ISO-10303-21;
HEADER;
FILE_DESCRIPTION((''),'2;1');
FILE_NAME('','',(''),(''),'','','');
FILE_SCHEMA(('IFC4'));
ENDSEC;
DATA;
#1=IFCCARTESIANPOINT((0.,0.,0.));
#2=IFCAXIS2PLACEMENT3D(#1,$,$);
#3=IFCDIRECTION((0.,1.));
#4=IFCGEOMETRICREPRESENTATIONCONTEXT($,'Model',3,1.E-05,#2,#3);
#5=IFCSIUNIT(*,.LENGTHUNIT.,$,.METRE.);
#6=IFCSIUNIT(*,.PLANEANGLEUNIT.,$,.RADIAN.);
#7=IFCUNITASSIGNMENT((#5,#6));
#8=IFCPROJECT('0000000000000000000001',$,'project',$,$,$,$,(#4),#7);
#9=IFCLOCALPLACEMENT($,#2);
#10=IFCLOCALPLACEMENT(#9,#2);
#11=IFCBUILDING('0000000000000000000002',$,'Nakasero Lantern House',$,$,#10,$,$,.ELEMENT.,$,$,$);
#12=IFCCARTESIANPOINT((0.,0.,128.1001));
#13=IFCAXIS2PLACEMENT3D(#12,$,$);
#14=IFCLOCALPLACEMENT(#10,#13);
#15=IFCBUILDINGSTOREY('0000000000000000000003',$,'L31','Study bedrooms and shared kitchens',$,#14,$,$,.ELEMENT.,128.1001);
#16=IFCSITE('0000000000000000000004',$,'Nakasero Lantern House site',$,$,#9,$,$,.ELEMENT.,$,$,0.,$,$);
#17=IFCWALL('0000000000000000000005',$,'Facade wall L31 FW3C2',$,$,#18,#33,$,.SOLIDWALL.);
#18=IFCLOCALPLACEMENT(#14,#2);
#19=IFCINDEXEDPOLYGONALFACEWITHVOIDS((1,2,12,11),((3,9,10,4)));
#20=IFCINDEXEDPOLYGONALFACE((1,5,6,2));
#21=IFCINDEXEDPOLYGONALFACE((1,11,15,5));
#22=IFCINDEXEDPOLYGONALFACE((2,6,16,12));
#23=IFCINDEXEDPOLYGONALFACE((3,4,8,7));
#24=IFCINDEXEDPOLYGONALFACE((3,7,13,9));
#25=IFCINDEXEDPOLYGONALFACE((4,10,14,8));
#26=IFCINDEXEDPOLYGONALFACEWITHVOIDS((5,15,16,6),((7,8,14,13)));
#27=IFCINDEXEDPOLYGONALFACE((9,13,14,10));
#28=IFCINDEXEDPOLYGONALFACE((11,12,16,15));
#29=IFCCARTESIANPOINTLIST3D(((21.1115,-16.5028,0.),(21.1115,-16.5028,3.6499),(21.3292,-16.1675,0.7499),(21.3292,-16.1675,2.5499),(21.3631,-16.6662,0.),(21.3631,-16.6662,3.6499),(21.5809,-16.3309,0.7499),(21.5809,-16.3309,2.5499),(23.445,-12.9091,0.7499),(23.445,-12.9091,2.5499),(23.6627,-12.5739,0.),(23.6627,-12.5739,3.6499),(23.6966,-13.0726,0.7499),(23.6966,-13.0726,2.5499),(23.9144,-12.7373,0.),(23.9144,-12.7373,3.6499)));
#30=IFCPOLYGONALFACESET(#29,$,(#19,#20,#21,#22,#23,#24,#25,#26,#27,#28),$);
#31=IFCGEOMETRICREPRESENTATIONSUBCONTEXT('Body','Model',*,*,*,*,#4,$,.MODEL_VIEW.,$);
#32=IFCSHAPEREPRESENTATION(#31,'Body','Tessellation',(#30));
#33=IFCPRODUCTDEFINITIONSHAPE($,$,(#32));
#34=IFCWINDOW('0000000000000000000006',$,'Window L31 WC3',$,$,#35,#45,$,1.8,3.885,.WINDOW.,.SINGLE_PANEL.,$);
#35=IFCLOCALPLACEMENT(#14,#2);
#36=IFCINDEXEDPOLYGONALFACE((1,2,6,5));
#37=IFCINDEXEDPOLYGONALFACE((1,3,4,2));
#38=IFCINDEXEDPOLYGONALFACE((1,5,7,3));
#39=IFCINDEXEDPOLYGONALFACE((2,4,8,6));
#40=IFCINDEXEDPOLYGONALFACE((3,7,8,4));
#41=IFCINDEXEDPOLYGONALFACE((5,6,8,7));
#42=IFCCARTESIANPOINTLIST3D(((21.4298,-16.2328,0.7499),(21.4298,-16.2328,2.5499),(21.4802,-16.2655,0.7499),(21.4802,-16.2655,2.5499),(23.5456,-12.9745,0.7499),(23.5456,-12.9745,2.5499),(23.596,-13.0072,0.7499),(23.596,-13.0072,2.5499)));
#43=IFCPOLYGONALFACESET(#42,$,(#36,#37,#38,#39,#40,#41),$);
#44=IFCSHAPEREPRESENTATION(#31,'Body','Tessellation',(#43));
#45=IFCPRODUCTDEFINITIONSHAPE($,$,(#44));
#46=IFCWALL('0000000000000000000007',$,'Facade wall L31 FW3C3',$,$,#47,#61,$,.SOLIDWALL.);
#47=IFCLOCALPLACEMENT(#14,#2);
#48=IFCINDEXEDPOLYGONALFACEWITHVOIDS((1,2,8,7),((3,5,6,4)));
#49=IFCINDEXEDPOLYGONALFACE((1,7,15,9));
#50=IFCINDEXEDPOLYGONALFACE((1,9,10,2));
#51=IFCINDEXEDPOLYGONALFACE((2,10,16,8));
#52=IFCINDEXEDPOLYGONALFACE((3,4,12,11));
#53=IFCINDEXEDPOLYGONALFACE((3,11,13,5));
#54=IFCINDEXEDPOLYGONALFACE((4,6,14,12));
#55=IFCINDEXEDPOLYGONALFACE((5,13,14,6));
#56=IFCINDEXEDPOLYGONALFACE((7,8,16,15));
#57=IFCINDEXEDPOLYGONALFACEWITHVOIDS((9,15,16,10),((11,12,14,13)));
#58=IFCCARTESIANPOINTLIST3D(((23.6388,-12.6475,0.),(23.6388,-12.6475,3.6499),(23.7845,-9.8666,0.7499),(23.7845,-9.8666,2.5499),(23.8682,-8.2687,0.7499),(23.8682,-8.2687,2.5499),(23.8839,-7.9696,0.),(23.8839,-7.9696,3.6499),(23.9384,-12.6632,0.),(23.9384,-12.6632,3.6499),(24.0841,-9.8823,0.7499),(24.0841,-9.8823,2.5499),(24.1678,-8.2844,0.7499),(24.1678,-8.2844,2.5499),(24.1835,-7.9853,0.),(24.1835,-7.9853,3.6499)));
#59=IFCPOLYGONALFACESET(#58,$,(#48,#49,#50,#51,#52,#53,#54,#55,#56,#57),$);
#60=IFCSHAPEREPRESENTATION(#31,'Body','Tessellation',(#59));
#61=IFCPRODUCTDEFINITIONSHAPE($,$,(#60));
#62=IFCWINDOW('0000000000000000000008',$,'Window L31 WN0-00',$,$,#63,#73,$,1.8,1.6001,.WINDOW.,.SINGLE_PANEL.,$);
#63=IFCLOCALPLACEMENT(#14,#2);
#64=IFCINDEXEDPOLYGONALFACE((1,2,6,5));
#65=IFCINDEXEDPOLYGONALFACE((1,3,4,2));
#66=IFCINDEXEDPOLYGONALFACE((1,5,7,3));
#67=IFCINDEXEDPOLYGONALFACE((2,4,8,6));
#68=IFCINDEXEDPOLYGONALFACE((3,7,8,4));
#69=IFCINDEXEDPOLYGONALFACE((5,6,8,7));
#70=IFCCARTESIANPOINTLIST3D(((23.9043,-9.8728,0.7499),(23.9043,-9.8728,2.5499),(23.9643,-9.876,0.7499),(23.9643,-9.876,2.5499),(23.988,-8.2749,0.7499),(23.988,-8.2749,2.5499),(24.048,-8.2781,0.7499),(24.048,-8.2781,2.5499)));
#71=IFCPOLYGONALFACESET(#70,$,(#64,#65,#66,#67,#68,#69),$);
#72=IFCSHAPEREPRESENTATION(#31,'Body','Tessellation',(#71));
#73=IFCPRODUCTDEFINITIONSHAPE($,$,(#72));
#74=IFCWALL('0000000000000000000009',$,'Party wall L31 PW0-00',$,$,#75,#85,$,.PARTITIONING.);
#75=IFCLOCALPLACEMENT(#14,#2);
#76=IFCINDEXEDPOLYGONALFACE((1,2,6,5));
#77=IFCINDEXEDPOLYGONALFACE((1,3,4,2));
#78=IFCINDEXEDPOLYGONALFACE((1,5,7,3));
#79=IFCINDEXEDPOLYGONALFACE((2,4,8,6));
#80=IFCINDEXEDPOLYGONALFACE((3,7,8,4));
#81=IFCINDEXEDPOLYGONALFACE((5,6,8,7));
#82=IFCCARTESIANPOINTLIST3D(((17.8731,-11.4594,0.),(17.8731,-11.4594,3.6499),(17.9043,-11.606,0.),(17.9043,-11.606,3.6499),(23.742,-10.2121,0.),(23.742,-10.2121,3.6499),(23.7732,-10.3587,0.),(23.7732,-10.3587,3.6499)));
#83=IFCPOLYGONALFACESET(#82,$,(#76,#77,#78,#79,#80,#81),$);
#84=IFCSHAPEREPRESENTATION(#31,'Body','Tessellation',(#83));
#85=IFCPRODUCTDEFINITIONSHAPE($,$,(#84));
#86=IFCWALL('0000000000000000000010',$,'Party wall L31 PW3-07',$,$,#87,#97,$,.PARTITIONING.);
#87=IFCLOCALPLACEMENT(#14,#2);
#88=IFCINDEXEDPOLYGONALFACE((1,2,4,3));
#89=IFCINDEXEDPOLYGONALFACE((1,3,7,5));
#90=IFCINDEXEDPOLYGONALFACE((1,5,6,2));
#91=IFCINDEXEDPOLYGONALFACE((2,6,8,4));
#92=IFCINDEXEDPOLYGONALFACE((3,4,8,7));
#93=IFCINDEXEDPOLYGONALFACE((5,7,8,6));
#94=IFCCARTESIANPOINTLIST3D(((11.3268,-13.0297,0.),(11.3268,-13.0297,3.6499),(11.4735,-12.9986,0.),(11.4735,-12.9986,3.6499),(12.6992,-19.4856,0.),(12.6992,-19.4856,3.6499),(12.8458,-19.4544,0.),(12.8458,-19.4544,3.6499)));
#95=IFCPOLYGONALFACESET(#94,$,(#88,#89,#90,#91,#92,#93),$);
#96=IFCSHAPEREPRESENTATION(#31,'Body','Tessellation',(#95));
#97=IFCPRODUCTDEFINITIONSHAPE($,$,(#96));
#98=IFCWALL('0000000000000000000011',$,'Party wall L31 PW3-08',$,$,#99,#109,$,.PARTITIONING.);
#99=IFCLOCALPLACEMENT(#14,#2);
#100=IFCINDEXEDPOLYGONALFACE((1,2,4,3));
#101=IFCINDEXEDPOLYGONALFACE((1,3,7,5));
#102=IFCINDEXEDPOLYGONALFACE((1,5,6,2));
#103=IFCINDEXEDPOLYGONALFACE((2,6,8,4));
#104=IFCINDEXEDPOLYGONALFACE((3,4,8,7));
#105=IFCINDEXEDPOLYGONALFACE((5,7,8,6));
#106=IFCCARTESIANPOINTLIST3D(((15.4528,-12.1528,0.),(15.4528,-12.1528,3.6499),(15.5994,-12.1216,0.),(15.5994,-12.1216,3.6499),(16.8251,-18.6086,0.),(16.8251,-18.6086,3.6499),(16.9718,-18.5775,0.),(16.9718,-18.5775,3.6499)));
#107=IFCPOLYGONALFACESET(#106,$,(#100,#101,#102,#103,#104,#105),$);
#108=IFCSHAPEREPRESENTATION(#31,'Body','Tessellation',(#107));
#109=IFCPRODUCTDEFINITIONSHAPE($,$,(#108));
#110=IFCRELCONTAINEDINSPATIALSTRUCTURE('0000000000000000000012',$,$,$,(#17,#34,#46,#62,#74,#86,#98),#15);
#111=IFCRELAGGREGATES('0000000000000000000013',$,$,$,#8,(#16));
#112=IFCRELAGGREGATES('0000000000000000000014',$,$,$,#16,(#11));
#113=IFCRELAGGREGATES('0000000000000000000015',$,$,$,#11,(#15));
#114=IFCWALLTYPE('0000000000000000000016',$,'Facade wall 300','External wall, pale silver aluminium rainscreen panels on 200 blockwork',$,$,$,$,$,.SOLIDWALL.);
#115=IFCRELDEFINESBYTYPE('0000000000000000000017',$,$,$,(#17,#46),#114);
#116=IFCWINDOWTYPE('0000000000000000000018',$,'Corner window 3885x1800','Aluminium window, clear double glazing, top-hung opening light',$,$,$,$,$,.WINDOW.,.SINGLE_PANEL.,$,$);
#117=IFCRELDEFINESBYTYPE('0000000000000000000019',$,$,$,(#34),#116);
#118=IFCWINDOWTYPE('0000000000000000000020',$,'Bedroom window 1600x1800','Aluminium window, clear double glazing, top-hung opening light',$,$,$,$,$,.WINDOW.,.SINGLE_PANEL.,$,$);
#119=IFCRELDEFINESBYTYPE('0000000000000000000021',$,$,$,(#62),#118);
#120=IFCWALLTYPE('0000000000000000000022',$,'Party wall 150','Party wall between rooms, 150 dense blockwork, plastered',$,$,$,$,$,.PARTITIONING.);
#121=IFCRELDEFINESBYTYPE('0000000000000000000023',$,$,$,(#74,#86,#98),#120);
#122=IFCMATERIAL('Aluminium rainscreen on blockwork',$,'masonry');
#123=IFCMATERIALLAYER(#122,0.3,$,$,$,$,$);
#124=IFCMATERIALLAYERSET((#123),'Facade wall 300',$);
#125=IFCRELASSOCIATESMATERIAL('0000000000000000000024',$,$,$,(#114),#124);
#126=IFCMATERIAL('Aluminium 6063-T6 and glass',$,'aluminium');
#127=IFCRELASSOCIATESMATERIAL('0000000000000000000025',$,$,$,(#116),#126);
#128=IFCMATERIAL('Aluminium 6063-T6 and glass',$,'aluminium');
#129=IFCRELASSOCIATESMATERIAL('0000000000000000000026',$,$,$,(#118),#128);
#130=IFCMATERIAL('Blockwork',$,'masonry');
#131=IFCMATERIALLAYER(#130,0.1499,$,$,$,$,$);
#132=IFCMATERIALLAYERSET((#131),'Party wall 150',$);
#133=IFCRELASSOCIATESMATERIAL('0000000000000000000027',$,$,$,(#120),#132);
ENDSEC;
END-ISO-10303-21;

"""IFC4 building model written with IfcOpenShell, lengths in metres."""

from ifc_helpers import new_model, si_unit, direction, frame, frame_2d, origin, place, context, subcontext, project, spatial, rectangle, extrude, material, layer, layer_set, type_object, element, fill, save


model = new_model("IFC4")

# Units and contexts
model_context = context("Model", 3, precision=1e-05, world=origin(), true_north=direction((0.0, 1.0)))
body_context = subcontext(model_context, "Body", "Model", "MODEL_VIEW")
ifc_project = project(units=[si_unit("LENGTHUNIT", "METRE"), si_unit("PLANEANGLEUNIT", "RADIAN")], contexts=[model_context])

# Site, building, storey
site_placement = place(None, origin())
site = spatial("IfcSite", under=ifc_project, at=site_placement, Name="Nakasero Lantern House site", CompositionType="ELEMENT", RefElevation=0.0)
building_placement = place(site_placement, origin())
building = spatial("IfcBuilding", under=site, at=building_placement, Name="Nakasero Lantern House", CompositionType="ELEMENT")
storey_placement = place(building_placement, frame((0.0, 0.0, 128.1001)))
storey = spatial("IfcBuildingStorey", under=building, at=storey_placement, Name="L31", Description="Study bedrooms and shared kitchens", CompositionType="ELEMENT", Elevation=128.1001)

# Shared definitions
ifc_material_1 = material(Name="Aluminium rainscreen on blockwork", Category="masonry")
ifc_layer_1 = layer(ifc_material_1, 0.3)
ifc_layer_set_1 = layer_set([ifc_layer_1], Name="Facade wall 300")
wall_type_1 = type_object("IfcWallType", Name="Facade wall 300", Description="External wall, pale silver aluminium rainscreen panels on 200 blockwork", PredefinedType="SOLIDWALL", material=ifc_layer_set_1)

# Walls, openings, windows
wall_1_placement = place(storey_placement, frame((21.2373, -16.5845, 0.0), z_axis=(0.0, 0.0, 1.0), x_axis=(0.544605, 0.838692, 0.0)))
wall_1 = element("IfcWall", 1, at=wall_1_placement, inside=storey, type_object=wall_type_1, Name="Facade wall L31 FW3C2", PredefinedType="SOLIDWALL", context=body_context, shape_type="SweptSolid", body=[
    extrude(rectangle(XDim=4.6846, YDim=0.3, at=frame_2d((2.3423, 0.0))), origin(), (0.0, 0.0, 1.0), 3.6499),
])
opening_1_placement = place(wall_1_placement, frame((0.3999, 0.0, 0.75)))
opening_1 = element("IfcOpeningElement", 2, at=opening_1_placement, cuts=wall_1, PredefinedType="OPENING", context=body_context, shape_type="SweptSolid", body=[
    extrude(rectangle(XDim=3.885, YDim=1.8, at=frame_2d((1.9424, 0.8999))), frame((0.0, 0.1699, 0.0), z_axis=(0.0, -1.0, 0.0), x_axis=(1.0, 0.0, 0.0)), (0.0, 0.0, 1.0), 0.3401),
])
ifc_material_2 = material(Name="Aluminium 6063-T6 and glass", Category="aluminium")
window_type_1 = type_object("IfcWindowType", Name="Corner window 3885x1800", Description="Aluminium window, clear double glazing, top-hung opening light", PartitioningType="SINGLE_PANEL", PredefinedType="WINDOW", material=ifc_material_2)
window_1_placement = place(opening_1_placement, origin())
window_1 = element("IfcWindow", 3, at=window_1_placement, inside=storey, type_object=window_type_1, Name="Window L31 WC3", OverallHeight=1.8, OverallWidth=3.885, PartitioningType="SINGLE_PANEL", PredefinedType="WINDOW", context=body_context, shape_type="SweptSolid", body=[
    extrude(rectangle(XDim=3.885, YDim=1.8, at=frame_2d((1.9424, 0.8999))), frame((0.0, 0.03, 0.0), z_axis=(0.0, -1.0, 0.0), x_axis=(1.0, 0.0, 0.0)), (0.0, 0.0, 1.0), 0.0601),
])
fill(opening_1, window_1)
wall_2_placement = place(storey_placement, frame((23.7886, -12.6555, 0.0), z_axis=(0.0, 0.0, 1.0), x_axis=(0.052326, 0.99863, 0.0)))
wall_2 = element("IfcWall", 4, at=wall_2_placement, inside=storey, type_object=wall_type_1, Name="Facade wall L31 FW3C3", PredefinedType="SOLIDWALL", context=body_context, shape_type="SweptSolid", body=[
    extrude(rectangle(XDim=4.6843, YDim=0.3, at=frame_2d((2.3423, 0.0))), origin(), (0.0, 0.0, 1.0), 3.6499),
])
opening_2_placement = place(wall_2_placement, frame((2.7849, 0.0, 0.75)))
opening_2 = element("IfcOpeningElement", 5, at=opening_2_placement, cuts=wall_2, PredefinedType="OPENING", context=body_context, shape_type="SweptSolid", body=[
    extrude(rectangle(XDim=1.6001, YDim=1.8, at=frame_2d((0.8, 0.8999))), frame((0.0, 0.1699, 0.0), z_axis=(0.0, -1.0, 0.0), x_axis=(1.0, 0.0, 0.0)), (0.0, 0.0, 1.0), 0.3401),
])
ifc_material_3 = material(Name="Aluminium 6063-T6 and glass", Category="aluminium")
window_type_2 = type_object("IfcWindowType", Name="Bedroom window 1600x1800", Description="Aluminium window, clear double glazing, top-hung opening light", PartitioningType="SINGLE_PANEL", PredefinedType="WINDOW", material=ifc_material_3)
window_2_placement = place(opening_2_placement, origin())
window_2 = element("IfcWindow", 6, at=window_2_placement, inside=storey, type_object=window_type_2, Name="Window L31 WN0-00", OverallHeight=1.8, OverallWidth=1.6001, PartitioningType="SINGLE_PANEL", PredefinedType="WINDOW", context=body_context, shape_type="SweptSolid", body=[
    extrude(rectangle(XDim=1.6001, YDim=1.8, at=frame_2d((0.8, 0.8999))), frame((0.0, 0.03, 0.0), z_axis=(0.0, -1.0, 0.0), x_axis=(1.0, 0.0, 0.0)), (0.0, 0.0, 1.0), 0.0601),
])
fill(opening_2, window_2)

# Walls
ifc_material_4 = material(Name="Blockwork", Category="masonry")
ifc_layer_2 = layer(ifc_material_4, 0.1499)
ifc_layer_set_2 = layer_set([ifc_layer_2], Name="Party wall 150")
wall_type_2 = type_object("IfcWallType", Name="Party wall 150", Description="Party wall between rooms, 150 dense blockwork, plastered", PredefinedType="PARTITIONING", material=ifc_layer_set_2)
wall_3_placement = place(storey_placement, frame((17.8887, -11.5327, 0.0), z_axis=(0.0, 0.0, 1.0), x_axis=(0.978153, 0.207886, 0.0)))
element("IfcWall", 7, at=wall_3_placement, inside=storey, type_object=wall_type_2, Name="Party wall L31 PW0-00", PredefinedType="PARTITIONING", context=body_context, shape_type="SweptSolid", body=[
    extrude(rectangle(XDim=6.0, YDim=0.1499, at=frame_2d((3.0, 0.0))), origin(), (0.0, 0.0, 1.0), 3.6499),
])
for number, where, z_axis, x_axis, name in (
    (8, (11.4001, -13.0142, 0.0), (0.0, 0.0, 1.0), (0.207925, -0.978145, 0.0), "Party wall L31 PW3-07"),
    (9, (15.5261, -12.1372, 0.0), (0.0, 0.0, 1.0), (0.207925, -0.978145, 0.0), "Party wall L31 PW3-08"),
):
    element("IfcWall", number, at=place(storey_placement, frame(where, z_axis=z_axis, x_axis=x_axis)), inside=storey, type_object=wall_type_2, Name=name, PredefinedType="PARTITIONING", context=body_context, shape_type="SweptSolid", body=[
        extrude(rectangle(XDim=6.6001, YDim=0.1499, at=frame_2d((3.3, 0.0))), origin(), (0.0, 0.0, 1.0), 3.6499),
    ])

save(model, "model.ifc")
